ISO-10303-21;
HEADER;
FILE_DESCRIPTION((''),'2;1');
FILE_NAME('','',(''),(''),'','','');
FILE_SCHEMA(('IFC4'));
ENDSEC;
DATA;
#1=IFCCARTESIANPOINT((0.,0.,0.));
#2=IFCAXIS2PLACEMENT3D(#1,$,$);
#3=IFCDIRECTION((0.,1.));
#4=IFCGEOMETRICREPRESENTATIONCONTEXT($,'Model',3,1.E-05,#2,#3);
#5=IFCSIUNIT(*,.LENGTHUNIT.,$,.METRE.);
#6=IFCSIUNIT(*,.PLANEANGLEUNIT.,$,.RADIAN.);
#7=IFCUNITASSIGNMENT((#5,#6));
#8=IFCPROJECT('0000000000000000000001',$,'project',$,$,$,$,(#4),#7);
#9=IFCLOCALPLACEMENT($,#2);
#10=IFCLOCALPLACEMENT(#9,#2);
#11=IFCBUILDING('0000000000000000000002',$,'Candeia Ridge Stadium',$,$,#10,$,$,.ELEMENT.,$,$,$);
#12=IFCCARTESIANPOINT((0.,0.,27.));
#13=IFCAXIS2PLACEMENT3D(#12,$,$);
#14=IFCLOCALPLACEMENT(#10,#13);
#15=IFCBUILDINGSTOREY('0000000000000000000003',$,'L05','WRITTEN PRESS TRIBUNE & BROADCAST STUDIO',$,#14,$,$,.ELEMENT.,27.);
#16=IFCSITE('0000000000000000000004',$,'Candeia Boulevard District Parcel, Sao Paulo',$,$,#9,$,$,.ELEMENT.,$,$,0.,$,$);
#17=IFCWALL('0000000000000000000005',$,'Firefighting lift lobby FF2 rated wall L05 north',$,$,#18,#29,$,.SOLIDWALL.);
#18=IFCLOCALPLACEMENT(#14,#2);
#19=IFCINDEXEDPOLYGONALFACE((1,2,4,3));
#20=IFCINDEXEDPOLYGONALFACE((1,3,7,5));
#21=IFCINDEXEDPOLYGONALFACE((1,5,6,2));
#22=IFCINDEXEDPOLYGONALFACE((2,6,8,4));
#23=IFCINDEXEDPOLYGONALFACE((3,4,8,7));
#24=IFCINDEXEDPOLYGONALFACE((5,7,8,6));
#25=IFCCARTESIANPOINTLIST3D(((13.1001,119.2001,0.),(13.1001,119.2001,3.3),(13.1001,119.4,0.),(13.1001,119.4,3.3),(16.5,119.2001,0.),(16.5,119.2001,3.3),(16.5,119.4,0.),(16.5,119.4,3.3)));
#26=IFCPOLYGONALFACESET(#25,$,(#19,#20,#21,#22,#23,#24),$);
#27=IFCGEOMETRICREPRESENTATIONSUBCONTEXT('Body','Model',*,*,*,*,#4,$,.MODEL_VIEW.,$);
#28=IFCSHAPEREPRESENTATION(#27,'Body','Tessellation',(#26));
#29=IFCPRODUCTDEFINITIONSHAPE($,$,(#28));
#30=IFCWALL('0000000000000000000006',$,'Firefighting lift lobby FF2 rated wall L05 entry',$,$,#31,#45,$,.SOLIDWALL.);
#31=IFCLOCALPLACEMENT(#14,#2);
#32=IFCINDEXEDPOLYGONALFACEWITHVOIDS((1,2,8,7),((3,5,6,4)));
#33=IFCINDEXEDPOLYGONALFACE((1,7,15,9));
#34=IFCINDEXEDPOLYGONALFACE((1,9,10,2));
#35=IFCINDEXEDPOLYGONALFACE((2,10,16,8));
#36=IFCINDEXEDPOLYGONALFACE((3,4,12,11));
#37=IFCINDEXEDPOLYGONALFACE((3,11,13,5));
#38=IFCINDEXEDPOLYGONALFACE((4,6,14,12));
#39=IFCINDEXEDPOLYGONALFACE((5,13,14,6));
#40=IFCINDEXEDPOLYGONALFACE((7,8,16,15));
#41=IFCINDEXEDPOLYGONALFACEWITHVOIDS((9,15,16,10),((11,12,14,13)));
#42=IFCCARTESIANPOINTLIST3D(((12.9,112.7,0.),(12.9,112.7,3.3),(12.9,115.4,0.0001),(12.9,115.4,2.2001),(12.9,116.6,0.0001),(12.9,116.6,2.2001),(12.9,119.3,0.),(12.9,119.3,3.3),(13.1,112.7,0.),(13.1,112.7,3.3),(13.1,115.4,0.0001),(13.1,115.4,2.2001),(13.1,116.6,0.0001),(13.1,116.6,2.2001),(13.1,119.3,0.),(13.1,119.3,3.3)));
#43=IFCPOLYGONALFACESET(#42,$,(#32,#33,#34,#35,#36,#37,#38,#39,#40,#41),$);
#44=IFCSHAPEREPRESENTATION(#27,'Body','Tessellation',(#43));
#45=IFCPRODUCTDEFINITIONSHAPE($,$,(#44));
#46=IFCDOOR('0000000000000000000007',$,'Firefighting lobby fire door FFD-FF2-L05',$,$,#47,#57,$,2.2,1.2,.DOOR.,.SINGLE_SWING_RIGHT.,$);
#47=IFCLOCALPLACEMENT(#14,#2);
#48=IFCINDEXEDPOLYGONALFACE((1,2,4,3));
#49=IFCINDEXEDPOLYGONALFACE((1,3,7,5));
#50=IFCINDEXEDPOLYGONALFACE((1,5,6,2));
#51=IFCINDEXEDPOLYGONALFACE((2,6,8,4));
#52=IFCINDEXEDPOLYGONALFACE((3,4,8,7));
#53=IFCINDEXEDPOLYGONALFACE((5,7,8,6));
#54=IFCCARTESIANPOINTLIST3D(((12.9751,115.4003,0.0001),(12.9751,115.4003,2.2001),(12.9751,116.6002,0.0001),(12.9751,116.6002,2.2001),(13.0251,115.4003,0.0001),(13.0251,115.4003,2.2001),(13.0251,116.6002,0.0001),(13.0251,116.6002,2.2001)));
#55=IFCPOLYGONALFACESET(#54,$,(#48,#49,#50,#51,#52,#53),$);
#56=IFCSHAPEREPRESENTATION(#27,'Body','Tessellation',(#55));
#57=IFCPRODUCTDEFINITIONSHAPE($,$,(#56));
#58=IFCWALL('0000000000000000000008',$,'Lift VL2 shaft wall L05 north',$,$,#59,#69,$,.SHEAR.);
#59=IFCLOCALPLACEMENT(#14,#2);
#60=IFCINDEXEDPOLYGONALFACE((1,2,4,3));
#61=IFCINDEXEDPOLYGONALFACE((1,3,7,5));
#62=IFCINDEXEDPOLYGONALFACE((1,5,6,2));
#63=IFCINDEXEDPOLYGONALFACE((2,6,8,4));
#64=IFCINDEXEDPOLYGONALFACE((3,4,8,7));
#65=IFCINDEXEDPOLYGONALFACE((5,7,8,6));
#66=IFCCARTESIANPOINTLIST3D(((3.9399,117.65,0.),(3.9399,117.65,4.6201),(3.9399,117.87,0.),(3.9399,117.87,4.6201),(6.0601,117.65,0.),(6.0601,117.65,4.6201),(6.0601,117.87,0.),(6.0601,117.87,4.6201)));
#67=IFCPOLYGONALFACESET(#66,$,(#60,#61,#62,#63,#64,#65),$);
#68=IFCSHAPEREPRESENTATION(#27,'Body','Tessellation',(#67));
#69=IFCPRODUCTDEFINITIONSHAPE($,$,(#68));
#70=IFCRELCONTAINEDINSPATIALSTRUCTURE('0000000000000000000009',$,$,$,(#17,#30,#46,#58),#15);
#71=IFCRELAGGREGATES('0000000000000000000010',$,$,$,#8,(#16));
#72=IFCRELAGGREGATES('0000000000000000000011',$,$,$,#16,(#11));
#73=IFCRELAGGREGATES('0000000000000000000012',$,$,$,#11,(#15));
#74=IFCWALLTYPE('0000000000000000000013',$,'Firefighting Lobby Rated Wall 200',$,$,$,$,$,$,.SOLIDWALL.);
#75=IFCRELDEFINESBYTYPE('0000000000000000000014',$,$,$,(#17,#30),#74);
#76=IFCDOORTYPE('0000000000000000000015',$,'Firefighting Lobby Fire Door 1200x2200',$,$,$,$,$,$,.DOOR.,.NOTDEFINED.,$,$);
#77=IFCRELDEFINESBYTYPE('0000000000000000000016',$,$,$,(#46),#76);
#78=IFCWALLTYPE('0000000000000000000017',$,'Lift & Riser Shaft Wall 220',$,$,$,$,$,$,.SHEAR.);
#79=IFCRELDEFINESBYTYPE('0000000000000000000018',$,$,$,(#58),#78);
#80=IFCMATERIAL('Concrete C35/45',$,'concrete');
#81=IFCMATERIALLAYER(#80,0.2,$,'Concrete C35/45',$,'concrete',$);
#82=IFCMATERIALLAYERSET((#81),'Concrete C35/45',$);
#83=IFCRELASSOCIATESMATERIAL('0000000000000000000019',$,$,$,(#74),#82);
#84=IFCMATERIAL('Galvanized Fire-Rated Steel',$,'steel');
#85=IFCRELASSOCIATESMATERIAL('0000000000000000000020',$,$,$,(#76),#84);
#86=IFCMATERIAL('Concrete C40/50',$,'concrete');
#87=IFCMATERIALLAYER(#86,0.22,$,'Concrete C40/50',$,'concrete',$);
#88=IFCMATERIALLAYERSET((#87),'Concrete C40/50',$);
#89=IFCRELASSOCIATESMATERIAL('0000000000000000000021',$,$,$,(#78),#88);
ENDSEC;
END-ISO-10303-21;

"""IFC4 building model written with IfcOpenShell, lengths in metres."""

from ifc_helpers import new_model, si_unit, direction, frame, frame_2d, origin, place, context, subcontext, project, spatial, rectangle, extrude, material, layer, layer_set, type_object, element, fill, save


model = new_model("IFC4")

# Units and contexts
model_context = context("Model", 3, precision=1e-05, world=origin(), true_north=direction((0.0, 1.0)))
body_context = subcontext(model_context, "Body", "Model", "MODEL_VIEW")
ifc_project = project(units=[si_unit("LENGTHUNIT", "METRE"), si_unit("PLANEANGLEUNIT", "RADIAN")], contexts=[model_context])

# Site, building, storey
site_placement = place(None, origin())
site = spatial("IfcSite", under=ifc_project, at=site_placement, Name="Candeia Boulevard District Parcel, Sao Paulo", CompositionType="ELEMENT", RefElevation=0.0)
building_placement = place(site_placement, origin())
building = spatial("IfcBuilding", under=site, at=building_placement, Name="Candeia Ridge Stadium", CompositionType="ELEMENT")
storey_placement = place(building_placement, frame((0.0, 0.0, 27.0)))
storey = spatial("IfcBuildingStorey", under=building, at=storey_placement, Name="L05", Description="WRITTEN PRESS TRIBUNE & BROADCAST STUDIO", CompositionType="ELEMENT", Elevation=27.0)

# Shared definitions
ifc_material_1 = material(Name="Concrete C40/50", Category="concrete")

# Shared definitions
ifc_material_2 = material(Name="Concrete C35/45", Category="concrete")

# Wall
ifc_layer_1 = layer(ifc_material_2, 0.2, Name="Concrete C35/45", Category="concrete")
ifc_layer_set_1 = layer_set([ifc_layer_1], Name="Concrete C35/45")
wall_type_1 = type_object("IfcWallType", Name="Firefighting Lobby Rated Wall 200", PredefinedType="SOLIDWALL", material=ifc_layer_set_1)
wall_1_placement = place(storey_placement, frame((16.5, 119.3, 0.0), z_axis=(0.0, 0.0, 1.0), x_axis=(-1.0, 0.0, 0.0)))
element("IfcWall", 1, at=wall_1_placement, inside=storey, type_object=wall_type_1, Name="Firefighting lift lobby FF2 rated wall L05 north", PredefinedType="SOLIDWALL", context=body_context, shape_type="SweptSolid", body=[
    extrude(rectangle(XDim=3.3999, YDim=0.2, at=frame_2d((1.7, 0.0))), origin(), (0.0, 0.0, 1.0), 3.3),
])

# Wall, opening, door
wall_2_placement = place(storey_placement, frame((13.0, 119.3, 0.0), z_axis=(0.0, 0.0, 1.0), x_axis=(0.0, -1.0, 0.0)))
wall_2 = element("IfcWall", 2, at=wall_2_placement, inside=storey, type_object=wall_type_1, Name="Firefighting lift lobby FF2 rated wall L05 entry", PredefinedType="SOLIDWALL", context=body_context, shape_type="SweptSolid", body=[
    extrude(rectangle(XDim=6.6001, YDim=0.2, at=frame_2d((3.3, 0.0))), origin(), (0.0, 0.0, 1.0), 3.3),
])
opening_1_placement = place(wall_2_placement, frame((2.7, 0.0, 0.0)))
opening_1 = element("IfcOpeningElement", 3, at=opening_1_placement, cuts=wall_2, PredefinedType="OPENING", context=body_context, shape_type="SweptSolid", body=[
    extrude(rectangle(XDim=1.2, YDim=2.2, at=frame_2d((0.6001, 1.1001))), frame((0.0, 0.1099, 0.0), z_axis=(0.0, -1.0, 0.0), x_axis=(1.0, 0.0, 0.0)), (0.0, 0.0, 1.0), 0.22),
])
ifc_material_3 = material(Name="Galvanized Fire-Rated Steel", Category="steel")
door_type_1 = type_object("IfcDoorType", Name="Firefighting Lobby Fire Door 1200x2200", OperationType="NOTDEFINED", PredefinedType="DOOR", material=ifc_material_3)
door_1_placement = place(opening_1_placement, frame((1.2, 0.0, 0.0), z_axis=(0.0, 0.0, 1.0), x_axis=(-1.0, 0.0, 0.0)))
door_1 = element("IfcDoor", 4, at=door_1_placement, inside=storey, type_object=door_type_1, Name="Firefighting lobby fire door FFD-FF2-L05", OperationType="SINGLE_SWING_RIGHT", OverallHeight=2.2, OverallWidth=1.2, PredefinedType="DOOR", context=body_context, shape_type="SweptSolid", body=[
    extrude(rectangle(XDim=1.2, YDim=2.2, at=frame_2d((0.6001, 1.1001))), frame((0.0, 0.0249, 0.0), z_axis=(0.0, -1.0, 0.0), x_axis=(1.0, 0.0, 0.0)), (0.0, 0.0, 1.0), 0.05),
])
fill(opening_1, door_1)

# Wall
ifc_layer_2 = layer(ifc_material_1, 0.22, Name="Concrete C40/50", Category="concrete")
ifc_layer_set_2 = layer_set([ifc_layer_2], Name="Concrete C40/50")
wall_type_2 = type_object("IfcWallType", Name="Lift & Riser Shaft Wall 220", PredefinedType="SHEAR", material=ifc_layer_set_2)
wall_3_placement = place(storey_placement, frame((6.0601, 117.76, 0.0), z_axis=(0.0, 0.0, 1.0), x_axis=(-1.0, 0.0, 0.0)))
element("IfcWall", 5, at=wall_3_placement, inside=storey, type_object=wall_type_2, Name="Lift VL2 shaft wall L05 north", PredefinedType="SHEAR", context=body_context, shape_type="SweptSolid", body=[
    extrude(rectangle(XDim=2.1201, YDim=0.22, at=frame_2d((1.0601, 0.0))), origin(), (0.0, 0.0, 1.0), 4.6201),
])

save(model, "model.ifc")
